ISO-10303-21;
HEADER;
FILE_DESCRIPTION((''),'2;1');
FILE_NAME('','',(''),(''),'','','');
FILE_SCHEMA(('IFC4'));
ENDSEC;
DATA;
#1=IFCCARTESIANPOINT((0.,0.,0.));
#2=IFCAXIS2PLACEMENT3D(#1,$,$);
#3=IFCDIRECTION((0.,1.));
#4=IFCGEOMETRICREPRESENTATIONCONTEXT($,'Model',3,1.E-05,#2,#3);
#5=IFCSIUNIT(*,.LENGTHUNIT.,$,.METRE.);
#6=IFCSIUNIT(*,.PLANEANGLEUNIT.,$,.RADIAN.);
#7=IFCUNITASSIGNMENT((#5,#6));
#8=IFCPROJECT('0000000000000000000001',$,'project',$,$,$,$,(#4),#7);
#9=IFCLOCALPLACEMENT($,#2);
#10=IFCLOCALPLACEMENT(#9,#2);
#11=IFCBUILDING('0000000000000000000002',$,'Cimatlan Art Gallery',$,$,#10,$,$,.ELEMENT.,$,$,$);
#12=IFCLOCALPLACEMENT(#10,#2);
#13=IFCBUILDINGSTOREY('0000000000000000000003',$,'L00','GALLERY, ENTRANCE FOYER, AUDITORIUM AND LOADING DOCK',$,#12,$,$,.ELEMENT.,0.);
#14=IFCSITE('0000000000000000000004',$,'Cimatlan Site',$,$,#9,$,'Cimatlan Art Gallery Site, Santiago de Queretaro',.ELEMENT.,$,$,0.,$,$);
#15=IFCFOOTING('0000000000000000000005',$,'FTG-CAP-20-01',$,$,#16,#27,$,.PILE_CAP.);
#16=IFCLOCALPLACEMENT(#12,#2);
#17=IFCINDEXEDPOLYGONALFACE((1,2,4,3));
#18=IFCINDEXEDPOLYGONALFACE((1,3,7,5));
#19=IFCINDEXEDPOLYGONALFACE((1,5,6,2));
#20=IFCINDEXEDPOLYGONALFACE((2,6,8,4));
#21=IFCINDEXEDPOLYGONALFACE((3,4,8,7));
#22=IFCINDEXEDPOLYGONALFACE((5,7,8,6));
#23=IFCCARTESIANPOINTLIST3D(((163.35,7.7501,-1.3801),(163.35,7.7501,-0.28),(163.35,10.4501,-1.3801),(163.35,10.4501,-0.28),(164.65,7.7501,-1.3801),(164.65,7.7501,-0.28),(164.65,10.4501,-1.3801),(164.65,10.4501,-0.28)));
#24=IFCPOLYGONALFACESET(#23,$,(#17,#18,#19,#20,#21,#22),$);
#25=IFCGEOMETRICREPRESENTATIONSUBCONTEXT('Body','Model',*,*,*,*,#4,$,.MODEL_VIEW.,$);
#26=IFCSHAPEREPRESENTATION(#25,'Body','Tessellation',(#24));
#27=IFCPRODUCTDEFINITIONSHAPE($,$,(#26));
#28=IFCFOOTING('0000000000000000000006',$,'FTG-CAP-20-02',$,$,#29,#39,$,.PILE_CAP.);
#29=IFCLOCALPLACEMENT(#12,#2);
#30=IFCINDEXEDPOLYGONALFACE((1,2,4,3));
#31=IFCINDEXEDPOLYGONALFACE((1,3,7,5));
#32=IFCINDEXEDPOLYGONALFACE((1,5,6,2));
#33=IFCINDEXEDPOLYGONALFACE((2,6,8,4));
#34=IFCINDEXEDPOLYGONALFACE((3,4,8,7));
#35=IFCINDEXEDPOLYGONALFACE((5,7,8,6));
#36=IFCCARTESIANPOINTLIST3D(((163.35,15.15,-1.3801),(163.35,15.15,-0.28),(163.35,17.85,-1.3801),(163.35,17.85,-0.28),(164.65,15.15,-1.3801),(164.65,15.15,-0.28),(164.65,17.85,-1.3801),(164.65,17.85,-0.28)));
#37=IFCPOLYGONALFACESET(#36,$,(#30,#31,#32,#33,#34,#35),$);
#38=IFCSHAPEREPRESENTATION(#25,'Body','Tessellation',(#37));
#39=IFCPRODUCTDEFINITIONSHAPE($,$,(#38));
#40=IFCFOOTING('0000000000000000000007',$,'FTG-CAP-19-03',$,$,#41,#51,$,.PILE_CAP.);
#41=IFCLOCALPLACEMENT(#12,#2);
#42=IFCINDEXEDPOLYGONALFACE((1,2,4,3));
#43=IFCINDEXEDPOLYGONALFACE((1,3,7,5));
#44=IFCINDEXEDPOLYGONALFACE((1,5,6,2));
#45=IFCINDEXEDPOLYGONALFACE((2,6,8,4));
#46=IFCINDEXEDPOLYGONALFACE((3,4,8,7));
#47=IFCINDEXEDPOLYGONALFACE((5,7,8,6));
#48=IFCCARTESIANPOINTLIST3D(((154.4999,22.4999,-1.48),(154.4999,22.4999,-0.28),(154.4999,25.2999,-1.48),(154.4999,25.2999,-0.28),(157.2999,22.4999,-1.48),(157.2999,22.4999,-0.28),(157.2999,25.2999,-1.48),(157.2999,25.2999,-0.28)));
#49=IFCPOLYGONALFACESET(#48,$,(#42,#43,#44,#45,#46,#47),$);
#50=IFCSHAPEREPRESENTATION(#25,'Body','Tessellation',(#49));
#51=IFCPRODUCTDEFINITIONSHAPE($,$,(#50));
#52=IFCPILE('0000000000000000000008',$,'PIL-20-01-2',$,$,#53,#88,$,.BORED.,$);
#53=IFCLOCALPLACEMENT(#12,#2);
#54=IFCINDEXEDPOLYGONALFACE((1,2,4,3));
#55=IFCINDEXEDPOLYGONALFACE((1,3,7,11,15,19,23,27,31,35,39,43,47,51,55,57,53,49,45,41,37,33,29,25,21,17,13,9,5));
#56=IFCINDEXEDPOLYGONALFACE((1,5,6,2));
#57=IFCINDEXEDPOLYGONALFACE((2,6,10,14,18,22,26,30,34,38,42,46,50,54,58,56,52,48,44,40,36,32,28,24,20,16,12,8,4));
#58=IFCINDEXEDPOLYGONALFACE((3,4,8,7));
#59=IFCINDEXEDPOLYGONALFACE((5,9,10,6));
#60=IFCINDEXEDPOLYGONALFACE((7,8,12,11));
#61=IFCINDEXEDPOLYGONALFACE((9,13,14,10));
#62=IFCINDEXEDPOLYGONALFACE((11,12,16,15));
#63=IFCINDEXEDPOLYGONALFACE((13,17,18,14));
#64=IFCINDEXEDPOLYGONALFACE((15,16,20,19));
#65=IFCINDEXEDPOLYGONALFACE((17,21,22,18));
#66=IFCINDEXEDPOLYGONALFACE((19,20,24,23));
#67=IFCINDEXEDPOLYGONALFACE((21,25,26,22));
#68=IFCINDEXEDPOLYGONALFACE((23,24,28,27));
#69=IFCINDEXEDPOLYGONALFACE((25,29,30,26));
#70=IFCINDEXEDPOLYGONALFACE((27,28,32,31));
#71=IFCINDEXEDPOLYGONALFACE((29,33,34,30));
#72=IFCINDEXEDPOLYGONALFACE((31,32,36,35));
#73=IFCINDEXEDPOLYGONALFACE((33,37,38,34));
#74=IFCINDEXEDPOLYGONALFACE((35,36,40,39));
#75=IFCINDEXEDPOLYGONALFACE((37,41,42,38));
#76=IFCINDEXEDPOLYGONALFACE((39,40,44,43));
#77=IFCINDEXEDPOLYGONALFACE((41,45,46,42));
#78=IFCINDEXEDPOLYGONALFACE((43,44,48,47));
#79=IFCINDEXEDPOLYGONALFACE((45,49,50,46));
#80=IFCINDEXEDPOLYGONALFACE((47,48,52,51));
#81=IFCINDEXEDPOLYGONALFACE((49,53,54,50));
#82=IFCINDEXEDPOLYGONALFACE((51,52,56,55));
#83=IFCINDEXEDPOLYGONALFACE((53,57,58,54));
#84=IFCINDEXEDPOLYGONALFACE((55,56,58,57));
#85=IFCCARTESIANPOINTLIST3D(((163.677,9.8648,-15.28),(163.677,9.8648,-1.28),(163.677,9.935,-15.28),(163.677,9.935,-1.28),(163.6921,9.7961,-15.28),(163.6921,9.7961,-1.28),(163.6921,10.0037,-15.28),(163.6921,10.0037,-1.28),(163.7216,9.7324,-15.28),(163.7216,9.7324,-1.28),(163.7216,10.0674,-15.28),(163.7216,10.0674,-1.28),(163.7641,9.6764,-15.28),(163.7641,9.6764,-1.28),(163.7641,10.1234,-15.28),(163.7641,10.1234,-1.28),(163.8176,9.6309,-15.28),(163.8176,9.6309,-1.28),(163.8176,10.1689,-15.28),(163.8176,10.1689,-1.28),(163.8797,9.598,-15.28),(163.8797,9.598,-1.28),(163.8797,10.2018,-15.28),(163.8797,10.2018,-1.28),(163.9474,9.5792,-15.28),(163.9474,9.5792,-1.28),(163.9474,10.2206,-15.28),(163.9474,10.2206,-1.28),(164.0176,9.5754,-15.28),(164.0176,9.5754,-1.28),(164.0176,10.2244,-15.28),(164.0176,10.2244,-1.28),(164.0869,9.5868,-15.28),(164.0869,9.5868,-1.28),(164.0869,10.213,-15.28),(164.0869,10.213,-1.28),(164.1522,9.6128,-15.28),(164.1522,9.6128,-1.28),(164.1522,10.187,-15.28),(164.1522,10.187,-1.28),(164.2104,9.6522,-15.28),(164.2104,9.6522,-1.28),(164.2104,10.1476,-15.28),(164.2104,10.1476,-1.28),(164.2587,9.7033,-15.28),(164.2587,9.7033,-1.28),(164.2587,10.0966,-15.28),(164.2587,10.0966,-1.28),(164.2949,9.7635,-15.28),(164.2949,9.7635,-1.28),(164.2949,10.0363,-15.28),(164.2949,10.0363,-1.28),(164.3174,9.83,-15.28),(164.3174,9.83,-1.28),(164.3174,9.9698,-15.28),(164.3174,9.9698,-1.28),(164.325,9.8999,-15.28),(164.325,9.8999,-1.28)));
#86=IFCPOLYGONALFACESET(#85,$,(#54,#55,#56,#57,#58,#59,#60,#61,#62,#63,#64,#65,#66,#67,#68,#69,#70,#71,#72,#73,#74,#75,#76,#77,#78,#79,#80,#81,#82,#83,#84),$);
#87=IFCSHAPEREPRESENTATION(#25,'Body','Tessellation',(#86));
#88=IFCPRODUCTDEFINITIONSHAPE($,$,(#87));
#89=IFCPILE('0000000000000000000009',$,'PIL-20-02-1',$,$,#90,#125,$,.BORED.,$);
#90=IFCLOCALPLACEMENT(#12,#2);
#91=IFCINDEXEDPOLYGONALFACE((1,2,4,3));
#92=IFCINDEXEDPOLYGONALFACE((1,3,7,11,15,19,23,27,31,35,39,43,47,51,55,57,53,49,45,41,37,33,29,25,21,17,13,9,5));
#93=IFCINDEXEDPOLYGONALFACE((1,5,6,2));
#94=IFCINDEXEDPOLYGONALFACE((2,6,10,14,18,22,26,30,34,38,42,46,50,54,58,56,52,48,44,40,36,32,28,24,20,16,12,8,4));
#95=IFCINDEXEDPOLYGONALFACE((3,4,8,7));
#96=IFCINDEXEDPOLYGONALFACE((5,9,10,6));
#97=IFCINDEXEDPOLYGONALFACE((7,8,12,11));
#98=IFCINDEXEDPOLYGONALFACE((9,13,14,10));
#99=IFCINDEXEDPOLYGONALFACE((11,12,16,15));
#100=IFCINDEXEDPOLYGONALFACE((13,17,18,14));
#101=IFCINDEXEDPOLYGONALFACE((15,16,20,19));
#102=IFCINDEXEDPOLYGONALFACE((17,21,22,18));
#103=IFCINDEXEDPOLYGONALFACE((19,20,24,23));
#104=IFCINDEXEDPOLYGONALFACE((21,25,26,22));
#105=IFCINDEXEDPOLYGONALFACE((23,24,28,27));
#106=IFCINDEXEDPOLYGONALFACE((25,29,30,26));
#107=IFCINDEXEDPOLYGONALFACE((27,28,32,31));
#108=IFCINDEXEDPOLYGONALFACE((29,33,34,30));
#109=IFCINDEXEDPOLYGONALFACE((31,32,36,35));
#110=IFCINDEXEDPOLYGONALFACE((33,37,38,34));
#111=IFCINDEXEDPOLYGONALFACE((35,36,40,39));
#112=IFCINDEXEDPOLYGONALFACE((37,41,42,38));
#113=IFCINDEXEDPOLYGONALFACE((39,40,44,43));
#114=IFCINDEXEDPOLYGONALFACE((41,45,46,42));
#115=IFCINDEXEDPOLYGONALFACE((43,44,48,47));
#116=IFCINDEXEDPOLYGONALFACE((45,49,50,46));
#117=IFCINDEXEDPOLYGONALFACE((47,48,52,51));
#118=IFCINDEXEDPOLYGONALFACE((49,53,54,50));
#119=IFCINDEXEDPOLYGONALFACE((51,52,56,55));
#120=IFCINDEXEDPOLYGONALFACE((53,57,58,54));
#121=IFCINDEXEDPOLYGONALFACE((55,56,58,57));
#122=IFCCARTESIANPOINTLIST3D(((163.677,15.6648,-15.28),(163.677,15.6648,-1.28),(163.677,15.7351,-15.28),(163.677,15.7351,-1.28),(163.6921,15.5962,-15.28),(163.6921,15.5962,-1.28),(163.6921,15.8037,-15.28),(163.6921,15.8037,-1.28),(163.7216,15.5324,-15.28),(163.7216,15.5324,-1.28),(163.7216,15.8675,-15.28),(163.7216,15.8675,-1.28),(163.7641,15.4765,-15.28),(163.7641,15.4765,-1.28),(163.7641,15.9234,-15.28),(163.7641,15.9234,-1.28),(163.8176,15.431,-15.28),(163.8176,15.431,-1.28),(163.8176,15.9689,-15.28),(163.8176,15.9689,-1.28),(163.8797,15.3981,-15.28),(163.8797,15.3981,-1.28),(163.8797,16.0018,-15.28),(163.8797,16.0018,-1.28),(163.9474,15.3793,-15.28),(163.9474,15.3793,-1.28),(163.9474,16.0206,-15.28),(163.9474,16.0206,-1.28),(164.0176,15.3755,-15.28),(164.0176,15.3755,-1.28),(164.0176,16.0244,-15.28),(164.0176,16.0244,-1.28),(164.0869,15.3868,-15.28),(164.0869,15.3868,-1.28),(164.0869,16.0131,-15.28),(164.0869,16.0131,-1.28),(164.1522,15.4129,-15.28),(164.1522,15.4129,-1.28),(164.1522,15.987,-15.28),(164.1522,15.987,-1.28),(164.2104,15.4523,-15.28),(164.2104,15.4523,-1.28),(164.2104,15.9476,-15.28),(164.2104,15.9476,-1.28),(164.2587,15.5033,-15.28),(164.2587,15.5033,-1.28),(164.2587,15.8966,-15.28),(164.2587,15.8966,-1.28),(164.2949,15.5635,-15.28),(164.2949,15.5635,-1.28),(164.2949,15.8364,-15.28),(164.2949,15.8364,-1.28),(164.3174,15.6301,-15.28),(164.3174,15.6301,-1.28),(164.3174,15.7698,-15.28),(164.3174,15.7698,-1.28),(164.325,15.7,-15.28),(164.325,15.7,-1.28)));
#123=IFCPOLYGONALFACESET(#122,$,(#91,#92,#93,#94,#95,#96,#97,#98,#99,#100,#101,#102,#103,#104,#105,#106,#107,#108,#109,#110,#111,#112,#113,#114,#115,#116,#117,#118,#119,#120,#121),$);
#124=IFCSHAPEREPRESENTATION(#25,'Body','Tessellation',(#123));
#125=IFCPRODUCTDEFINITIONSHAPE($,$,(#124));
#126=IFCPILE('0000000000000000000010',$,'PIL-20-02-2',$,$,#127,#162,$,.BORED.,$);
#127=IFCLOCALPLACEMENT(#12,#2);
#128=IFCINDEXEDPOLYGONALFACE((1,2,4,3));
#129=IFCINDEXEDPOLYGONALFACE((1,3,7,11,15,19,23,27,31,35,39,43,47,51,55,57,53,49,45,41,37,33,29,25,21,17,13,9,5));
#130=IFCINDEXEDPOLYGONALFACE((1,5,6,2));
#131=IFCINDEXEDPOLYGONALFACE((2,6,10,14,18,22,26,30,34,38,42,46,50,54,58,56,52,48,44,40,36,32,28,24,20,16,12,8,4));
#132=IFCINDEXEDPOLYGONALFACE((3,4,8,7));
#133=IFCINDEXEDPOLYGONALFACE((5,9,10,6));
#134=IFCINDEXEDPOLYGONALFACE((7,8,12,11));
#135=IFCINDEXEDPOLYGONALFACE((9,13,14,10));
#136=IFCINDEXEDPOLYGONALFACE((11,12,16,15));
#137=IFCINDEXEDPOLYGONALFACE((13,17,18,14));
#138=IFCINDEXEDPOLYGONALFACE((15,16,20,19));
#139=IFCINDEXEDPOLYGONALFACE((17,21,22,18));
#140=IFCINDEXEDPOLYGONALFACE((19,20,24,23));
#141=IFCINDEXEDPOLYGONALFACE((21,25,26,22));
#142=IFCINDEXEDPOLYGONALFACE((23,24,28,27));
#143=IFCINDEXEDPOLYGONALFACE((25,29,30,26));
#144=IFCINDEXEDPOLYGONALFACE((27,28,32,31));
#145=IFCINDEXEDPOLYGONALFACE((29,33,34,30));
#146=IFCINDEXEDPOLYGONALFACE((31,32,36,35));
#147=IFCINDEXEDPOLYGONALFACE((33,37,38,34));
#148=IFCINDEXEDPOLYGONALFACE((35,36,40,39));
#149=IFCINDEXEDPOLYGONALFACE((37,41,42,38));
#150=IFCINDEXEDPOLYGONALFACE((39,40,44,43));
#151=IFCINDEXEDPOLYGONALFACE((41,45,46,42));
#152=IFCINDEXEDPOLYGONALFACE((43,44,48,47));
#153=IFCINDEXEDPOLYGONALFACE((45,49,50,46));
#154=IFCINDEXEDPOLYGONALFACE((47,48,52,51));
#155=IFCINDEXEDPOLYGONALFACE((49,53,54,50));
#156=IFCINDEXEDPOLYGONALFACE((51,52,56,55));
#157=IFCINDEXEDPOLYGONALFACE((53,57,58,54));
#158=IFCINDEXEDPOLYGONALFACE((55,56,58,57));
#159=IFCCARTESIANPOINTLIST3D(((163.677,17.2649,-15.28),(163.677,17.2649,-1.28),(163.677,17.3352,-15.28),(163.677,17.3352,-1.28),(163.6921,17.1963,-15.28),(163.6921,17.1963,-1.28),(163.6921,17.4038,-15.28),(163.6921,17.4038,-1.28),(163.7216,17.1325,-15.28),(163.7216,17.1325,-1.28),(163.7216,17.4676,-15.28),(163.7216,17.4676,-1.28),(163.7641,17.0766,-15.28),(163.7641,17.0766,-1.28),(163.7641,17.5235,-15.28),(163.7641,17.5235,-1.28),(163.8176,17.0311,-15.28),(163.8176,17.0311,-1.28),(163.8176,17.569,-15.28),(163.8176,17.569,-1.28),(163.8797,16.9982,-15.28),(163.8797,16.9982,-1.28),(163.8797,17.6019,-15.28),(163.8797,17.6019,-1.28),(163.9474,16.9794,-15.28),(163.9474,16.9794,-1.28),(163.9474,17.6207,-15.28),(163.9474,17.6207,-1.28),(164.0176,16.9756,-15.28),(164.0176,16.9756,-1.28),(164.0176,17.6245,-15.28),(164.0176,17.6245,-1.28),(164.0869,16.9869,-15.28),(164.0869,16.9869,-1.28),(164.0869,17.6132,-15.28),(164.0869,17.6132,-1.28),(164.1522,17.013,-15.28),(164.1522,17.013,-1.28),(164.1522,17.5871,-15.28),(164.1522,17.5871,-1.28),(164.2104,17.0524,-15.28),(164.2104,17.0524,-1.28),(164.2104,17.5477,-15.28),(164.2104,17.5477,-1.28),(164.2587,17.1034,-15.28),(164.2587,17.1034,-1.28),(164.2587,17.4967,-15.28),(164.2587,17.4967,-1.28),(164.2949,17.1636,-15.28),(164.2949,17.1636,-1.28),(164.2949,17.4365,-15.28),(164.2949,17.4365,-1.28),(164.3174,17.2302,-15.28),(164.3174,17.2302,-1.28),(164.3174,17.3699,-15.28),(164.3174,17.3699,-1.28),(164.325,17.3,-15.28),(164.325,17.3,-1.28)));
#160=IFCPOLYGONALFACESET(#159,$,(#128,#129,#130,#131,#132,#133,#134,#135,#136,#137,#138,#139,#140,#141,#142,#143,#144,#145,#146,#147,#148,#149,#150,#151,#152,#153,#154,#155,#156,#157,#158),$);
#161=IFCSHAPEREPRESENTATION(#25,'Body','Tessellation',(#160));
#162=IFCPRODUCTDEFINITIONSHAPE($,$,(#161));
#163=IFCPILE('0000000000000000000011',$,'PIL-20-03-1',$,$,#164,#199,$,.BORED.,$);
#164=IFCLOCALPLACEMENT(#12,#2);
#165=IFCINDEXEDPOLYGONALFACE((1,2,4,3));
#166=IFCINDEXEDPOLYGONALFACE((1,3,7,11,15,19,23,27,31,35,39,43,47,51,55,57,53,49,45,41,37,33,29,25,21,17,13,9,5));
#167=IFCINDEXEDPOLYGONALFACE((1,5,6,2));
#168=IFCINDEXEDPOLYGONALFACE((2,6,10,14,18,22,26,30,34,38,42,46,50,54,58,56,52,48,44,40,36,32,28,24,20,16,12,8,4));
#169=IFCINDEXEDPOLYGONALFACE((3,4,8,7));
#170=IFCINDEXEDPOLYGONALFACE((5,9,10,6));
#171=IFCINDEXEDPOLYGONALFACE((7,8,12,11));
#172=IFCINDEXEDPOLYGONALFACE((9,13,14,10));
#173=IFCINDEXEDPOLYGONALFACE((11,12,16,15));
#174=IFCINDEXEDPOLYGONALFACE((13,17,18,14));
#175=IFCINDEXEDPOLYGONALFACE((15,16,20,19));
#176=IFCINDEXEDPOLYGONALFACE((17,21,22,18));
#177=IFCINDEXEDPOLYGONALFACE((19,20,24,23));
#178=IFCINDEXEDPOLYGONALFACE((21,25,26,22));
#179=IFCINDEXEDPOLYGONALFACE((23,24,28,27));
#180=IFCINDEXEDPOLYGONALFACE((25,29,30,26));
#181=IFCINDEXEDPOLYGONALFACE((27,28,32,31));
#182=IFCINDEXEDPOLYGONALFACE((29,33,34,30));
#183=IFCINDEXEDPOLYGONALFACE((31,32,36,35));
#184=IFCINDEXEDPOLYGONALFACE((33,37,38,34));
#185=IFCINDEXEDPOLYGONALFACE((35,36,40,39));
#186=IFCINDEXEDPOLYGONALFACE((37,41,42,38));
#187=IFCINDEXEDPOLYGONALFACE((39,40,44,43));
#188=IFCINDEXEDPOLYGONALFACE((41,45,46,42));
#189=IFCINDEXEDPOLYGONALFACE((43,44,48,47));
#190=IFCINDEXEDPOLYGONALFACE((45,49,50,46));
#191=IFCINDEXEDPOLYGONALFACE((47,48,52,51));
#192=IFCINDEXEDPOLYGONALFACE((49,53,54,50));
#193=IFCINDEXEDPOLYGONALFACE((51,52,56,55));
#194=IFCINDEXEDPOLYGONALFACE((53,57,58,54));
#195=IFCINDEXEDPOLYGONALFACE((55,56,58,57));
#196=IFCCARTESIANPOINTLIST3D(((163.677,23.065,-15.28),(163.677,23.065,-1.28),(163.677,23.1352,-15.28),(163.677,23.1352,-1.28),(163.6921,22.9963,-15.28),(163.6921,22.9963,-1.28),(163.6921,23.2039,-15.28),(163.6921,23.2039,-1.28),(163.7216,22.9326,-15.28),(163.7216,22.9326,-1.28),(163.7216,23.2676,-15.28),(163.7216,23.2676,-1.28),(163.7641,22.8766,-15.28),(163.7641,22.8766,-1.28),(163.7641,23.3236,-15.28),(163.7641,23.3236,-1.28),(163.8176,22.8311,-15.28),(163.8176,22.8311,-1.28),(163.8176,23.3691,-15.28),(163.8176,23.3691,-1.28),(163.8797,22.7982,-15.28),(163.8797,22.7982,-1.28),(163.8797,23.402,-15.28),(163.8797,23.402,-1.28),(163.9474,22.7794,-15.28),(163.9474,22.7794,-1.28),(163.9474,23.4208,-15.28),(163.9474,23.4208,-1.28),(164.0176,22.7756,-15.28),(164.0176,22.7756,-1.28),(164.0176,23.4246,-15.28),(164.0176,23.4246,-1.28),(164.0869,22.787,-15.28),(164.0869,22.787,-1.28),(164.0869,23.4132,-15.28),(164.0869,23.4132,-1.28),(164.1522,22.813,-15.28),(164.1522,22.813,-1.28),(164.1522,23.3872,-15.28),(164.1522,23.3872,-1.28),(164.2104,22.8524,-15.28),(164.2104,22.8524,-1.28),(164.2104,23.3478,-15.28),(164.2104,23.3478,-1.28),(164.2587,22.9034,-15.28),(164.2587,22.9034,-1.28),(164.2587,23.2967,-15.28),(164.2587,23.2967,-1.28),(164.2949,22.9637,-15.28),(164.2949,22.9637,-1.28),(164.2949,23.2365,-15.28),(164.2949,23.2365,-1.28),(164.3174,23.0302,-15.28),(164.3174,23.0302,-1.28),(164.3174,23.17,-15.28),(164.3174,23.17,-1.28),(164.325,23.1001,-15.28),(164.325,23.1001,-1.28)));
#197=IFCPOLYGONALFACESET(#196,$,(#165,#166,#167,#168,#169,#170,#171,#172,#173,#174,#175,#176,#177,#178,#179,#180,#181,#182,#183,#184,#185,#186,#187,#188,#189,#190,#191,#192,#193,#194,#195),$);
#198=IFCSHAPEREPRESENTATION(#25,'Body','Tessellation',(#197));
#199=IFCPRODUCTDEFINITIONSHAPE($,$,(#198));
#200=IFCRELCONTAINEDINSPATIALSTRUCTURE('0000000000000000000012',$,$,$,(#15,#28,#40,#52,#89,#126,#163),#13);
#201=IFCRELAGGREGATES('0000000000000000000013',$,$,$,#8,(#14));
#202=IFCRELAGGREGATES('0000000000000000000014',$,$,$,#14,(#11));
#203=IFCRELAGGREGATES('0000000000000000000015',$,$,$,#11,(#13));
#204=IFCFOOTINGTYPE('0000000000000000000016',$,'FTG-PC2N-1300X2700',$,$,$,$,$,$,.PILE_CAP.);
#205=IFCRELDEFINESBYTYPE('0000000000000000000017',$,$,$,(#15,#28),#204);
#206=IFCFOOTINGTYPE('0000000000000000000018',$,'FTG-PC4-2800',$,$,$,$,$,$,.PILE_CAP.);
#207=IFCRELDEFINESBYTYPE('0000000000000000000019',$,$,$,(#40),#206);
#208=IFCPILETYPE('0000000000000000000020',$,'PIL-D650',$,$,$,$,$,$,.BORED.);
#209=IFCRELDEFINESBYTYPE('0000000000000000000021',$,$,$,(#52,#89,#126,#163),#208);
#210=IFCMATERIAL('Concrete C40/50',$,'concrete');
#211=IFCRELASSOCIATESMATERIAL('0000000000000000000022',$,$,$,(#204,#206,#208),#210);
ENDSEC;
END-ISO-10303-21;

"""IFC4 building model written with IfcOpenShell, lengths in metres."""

from ifc_helpers import new_model, si_unit, direction, frame, origin, origin_2d, place, context, subcontext, project, spatial, rectangle, circle, extrude, material, type_object, element, save


model = new_model("IFC4")

# Units and contexts
model_context = context("Model", 3, precision=1e-05, world=origin(), true_north=direction((0.0, 1.0)))
body_context = subcontext(model_context, "Body", "Model", "MODEL_VIEW")
ifc_project = project(units=[si_unit("LENGTHUNIT", "METRE"), si_unit("PLANEANGLEUNIT", "RADIAN")], contexts=[model_context])

# Site, building, storey
site_placement = place(None, origin())
site = spatial("IfcSite", under=ifc_project, at=site_placement, Name="Cimatlan Site", LongName="Cimatlan Art Gallery Site, Santiago de Queretaro", CompositionType="ELEMENT", RefElevation=0.0)
building_placement = place(site_placement, origin())
building = spatial("IfcBuilding", under=site, at=building_placement, Name="Cimatlan Art Gallery", CompositionType="ELEMENT")
storey_placement = place(building_placement, origin())
storey = spatial("IfcBuildingStorey", under=building, at=storey_placement, Name="L00", Description="GALLERY, ENTRANCE FOYER, AUDITORIUM AND LOADING DOCK", CompositionType="ELEMENT", Elevation=0.0)

# Footings
ifc_material_1 = material(Name="Concrete C40/50", Category="concrete")
footing_type_1 = type_object("IfcFootingType", Name="FTG-PC2N-1300X2700", PredefinedType="PILE_CAP", material=ifc_material_1)
for number, where, z_axis, x_axis, name in (
    (1, (164.0, 9.1001, -1.3801), (0.0, 0.0, 1.0), (1.0, 0.0, 0.0), "FTG-CAP-20-01"),
    (2, (164.0, 16.5, -1.3801), (0.0, 0.0, 1.0), (1.0, 0.0, 0.0), "FTG-CAP-20-02"),
):
    element("IfcFooting", number, at=place(storey_placement, frame(where, z_axis=z_axis, x_axis=x_axis)), inside=storey, type_object=footing_type_1, Name=name, PredefinedType="PILE_CAP", context=body_context, shape_type="SweptSolid", body=[
        extrude(rectangle(XDim=1.3, YDim=2.7, at=origin_2d()), origin(), (0.0, 0.0, 1.0), 1.1001),
    ])
footing_type_2 = type_object("IfcFootingType", Name="FTG-PC4-2800", PredefinedType="PILE_CAP", material=ifc_material_1)
footing_placement = place(storey_placement, frame((155.8999, 23.8999, -1.48), z_axis=(0.0, 0.0, 1.0), x_axis=(1.0, 0.0, 0.0)))
element("IfcFooting", 3, at=footing_placement, inside=storey, type_object=footing_type_2, Name="FTG-CAP-19-03", PredefinedType="PILE_CAP", context=body_context, shape_type="SweptSolid", body=[
    extrude(rectangle(XDim=2.8, YDim=2.8, at=origin_2d()), origin(), (0.0, 0.0, 1.0), 1.2),
])

# Piles
pile_type_1 = type_object("IfcPileType", Name="PIL-D650", PredefinedType="BORED", material=ifc_material_1)
for number, where, z_axis, x_axis, name in (
    (4, (164.0, 9.8999, -1.28), (0.0, 0.0, -1.0), (1.0, 0.0, 0.0), "PIL-20-01-2"),
    (5, (164.0, 15.7, -1.28), (0.0, 0.0, -1.0), (1.0, 0.0, 0.0), "PIL-20-02-1"),
    (6, (164.0, 17.3, -1.28), (0.0, 0.0, -1.0), (1.0, 0.0, 0.0), "PIL-20-02-2"),
    (7, (164.0, 23.1001, -1.28), (0.0, 0.0, -1.0), (1.0, 0.0, 0.0), "PIL-20-03-1"),
):
    element("IfcPile", number, at=place(storey_placement, frame(where, z_axis=z_axis, x_axis=x_axis)), inside=storey, type_object=pile_type_1, Name=name, PredefinedType="BORED", context=body_context, shape_type="SweptSolid", body=[
        extrude(circle(Radius=0.325, at=origin_2d()), origin(), (0.0, 0.0, 1.0), 14.0),
    ])

save(model, "model.ifc")
